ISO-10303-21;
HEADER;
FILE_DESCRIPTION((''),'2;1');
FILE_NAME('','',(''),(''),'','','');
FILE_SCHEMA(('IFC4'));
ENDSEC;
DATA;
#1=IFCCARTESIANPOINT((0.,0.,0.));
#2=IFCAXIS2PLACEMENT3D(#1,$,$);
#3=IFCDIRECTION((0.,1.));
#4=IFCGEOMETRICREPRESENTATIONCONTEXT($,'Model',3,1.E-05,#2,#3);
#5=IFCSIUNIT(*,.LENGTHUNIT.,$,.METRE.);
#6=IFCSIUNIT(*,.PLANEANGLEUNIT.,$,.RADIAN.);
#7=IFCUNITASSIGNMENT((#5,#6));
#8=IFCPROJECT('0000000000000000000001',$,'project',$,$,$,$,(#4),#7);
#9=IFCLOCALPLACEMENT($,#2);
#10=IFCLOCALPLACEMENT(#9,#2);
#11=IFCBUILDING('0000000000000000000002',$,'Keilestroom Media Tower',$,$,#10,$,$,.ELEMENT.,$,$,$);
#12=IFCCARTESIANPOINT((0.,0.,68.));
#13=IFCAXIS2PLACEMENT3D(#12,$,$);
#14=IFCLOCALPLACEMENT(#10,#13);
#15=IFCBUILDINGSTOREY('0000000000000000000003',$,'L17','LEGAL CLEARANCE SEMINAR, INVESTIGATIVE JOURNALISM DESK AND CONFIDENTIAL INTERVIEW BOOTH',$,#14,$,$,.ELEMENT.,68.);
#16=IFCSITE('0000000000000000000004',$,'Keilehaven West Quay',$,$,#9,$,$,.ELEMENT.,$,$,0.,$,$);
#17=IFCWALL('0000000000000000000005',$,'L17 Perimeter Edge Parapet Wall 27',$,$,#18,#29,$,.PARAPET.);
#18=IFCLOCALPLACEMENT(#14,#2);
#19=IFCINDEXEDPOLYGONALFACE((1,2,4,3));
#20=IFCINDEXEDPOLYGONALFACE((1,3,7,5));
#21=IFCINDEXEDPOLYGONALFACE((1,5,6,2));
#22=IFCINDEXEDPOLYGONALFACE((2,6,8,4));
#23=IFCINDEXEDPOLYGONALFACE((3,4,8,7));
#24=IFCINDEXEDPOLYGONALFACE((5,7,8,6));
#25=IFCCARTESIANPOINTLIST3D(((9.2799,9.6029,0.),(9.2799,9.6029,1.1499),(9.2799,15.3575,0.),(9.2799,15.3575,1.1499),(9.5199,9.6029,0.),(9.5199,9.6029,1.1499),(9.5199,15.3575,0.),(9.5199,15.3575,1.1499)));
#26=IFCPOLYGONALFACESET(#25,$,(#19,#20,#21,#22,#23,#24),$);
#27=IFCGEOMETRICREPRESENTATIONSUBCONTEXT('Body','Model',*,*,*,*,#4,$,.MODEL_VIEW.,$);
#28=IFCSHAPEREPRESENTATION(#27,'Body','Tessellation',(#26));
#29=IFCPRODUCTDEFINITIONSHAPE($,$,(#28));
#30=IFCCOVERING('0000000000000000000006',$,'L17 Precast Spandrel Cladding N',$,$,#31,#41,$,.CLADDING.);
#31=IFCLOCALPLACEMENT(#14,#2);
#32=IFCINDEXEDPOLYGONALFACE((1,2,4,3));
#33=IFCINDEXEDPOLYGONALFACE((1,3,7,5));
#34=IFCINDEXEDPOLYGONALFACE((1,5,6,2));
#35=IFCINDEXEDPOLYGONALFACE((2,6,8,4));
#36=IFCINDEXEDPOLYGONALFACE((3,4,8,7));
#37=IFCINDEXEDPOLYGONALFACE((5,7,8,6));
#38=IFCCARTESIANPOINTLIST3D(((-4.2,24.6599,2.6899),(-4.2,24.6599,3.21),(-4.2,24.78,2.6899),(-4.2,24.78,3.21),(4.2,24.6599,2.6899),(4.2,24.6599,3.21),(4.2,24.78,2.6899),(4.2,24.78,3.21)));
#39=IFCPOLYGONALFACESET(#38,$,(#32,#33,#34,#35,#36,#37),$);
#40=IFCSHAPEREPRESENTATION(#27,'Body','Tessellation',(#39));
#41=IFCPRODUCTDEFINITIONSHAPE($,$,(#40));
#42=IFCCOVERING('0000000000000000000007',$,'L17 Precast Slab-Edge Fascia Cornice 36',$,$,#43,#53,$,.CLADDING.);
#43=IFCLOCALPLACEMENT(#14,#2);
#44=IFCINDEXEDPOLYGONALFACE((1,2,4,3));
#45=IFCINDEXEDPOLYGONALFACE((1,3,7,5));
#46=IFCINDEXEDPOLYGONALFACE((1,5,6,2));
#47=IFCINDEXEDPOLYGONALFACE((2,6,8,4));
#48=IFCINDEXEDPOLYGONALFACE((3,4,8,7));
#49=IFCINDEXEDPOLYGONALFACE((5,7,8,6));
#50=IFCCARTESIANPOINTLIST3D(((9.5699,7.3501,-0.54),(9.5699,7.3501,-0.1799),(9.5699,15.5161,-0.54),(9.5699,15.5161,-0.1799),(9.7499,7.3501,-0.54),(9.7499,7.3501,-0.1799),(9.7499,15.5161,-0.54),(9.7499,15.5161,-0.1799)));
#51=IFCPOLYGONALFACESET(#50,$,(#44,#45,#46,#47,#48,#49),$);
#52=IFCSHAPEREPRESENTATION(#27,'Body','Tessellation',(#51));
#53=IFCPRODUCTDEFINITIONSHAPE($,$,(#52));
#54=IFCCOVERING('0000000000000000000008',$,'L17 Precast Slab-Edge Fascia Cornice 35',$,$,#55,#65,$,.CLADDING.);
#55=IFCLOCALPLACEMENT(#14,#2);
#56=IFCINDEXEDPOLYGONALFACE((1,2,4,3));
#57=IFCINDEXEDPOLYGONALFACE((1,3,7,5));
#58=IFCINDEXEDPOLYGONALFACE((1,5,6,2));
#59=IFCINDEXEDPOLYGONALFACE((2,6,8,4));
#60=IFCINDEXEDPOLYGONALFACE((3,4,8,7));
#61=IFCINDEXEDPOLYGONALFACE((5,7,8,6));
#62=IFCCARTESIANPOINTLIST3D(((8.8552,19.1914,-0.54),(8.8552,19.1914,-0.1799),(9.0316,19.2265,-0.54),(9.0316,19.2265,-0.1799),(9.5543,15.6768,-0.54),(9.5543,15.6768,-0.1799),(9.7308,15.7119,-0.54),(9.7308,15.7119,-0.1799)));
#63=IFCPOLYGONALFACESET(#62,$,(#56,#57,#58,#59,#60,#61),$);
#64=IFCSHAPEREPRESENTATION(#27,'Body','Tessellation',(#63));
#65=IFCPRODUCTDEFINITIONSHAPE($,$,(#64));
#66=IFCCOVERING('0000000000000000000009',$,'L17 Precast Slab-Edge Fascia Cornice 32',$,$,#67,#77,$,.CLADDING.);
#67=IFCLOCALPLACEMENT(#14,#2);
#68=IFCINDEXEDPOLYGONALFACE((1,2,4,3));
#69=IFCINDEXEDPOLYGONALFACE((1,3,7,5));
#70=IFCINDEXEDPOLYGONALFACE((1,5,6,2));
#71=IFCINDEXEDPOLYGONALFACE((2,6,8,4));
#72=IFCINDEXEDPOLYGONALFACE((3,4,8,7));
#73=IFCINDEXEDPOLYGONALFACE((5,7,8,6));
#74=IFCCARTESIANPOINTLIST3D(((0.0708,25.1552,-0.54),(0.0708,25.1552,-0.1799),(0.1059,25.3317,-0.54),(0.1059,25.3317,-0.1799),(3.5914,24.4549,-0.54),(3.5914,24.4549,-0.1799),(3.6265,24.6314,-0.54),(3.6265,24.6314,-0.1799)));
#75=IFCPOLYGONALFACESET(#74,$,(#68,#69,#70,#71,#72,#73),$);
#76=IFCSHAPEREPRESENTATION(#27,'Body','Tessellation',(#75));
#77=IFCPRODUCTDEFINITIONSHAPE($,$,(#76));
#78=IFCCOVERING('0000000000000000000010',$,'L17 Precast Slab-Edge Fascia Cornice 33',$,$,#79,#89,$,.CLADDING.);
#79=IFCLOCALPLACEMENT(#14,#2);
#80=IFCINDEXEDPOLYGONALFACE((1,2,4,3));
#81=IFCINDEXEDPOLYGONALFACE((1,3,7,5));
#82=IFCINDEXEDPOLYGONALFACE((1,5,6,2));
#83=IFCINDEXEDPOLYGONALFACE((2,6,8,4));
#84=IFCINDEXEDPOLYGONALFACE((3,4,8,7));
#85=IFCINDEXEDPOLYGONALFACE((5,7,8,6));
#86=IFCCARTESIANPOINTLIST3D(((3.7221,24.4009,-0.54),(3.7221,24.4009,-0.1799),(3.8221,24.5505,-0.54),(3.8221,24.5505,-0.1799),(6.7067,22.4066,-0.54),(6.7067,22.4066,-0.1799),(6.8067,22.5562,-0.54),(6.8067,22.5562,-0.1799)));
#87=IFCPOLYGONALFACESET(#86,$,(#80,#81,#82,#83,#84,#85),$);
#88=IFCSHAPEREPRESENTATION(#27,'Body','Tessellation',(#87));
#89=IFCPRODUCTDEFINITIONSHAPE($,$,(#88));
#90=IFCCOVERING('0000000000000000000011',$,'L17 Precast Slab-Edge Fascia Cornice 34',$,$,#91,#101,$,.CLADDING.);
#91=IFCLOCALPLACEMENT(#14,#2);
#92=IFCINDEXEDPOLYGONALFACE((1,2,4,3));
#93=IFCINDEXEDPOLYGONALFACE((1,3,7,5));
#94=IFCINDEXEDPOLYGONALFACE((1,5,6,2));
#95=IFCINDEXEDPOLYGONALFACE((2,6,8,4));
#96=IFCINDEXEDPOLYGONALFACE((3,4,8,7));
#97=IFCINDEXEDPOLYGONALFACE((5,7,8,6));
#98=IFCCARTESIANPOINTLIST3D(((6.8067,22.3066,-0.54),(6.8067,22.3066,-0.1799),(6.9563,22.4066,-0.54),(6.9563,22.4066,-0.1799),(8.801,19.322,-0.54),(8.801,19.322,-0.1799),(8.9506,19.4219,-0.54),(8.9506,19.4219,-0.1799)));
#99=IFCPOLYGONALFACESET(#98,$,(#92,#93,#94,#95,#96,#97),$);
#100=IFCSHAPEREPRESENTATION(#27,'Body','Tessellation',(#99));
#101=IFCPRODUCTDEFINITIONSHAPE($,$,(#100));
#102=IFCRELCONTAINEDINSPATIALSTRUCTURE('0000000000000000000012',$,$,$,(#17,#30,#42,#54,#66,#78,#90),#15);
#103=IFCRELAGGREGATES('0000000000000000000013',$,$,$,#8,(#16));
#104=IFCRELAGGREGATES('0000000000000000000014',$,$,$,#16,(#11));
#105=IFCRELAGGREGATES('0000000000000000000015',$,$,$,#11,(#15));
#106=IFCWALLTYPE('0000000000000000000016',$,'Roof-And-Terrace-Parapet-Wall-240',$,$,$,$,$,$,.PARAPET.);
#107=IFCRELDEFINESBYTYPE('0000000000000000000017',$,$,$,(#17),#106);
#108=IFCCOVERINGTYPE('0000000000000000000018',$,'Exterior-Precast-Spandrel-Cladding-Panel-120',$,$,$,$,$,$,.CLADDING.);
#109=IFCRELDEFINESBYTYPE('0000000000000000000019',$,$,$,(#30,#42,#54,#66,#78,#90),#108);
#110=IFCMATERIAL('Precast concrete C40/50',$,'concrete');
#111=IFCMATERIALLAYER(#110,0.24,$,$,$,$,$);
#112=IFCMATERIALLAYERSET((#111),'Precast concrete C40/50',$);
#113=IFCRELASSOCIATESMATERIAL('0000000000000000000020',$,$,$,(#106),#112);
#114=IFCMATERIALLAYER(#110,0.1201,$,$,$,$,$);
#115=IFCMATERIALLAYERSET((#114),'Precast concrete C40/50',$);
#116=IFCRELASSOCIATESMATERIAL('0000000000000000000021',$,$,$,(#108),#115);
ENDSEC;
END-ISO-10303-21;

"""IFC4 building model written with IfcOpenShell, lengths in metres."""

from ifc_helpers import new_model, si_unit, direction, frame, frame_2d, origin, origin_2d, place, context, subcontext, project, spatial, rectangle, extrude, source, transform, mapped, material, layer, layer_set, type_object, element, save


model = new_model("IFC4")

# Units and contexts
model_context = context("Model", 3, precision=1e-05, world=origin(), true_north=direction((0.0, 1.0)))
body_context = subcontext(model_context, "Body", "Model", "MODEL_VIEW")
ifc_project = project(units=[si_unit("LENGTHUNIT", "METRE"), si_unit("PLANEANGLEUNIT", "RADIAN")], contexts=[model_context])

# Site, building, storey
site_placement = place(None, origin())
site = spatial("IfcSite", under=ifc_project, at=site_placement, Name="Keilehaven West Quay", CompositionType="ELEMENT", RefElevation=0.0)
building_placement = place(site_placement, origin())
building = spatial("IfcBuilding", under=site, at=building_placement, Name="Keilestroom Media Tower", CompositionType="ELEMENT")
storey_placement = place(building_placement, frame((0.0, 0.0, 68.0)))
storey = spatial("IfcBuildingStorey", under=building, at=storey_placement, Name="L17", Description="LEGAL CLEARANCE SEMINAR, INVESTIGATIVE JOURNALISM DESK AND CONFIDENTIAL INTERVIEW BOOTH", CompositionType="ELEMENT", Elevation=68.0)

# Wall
ifc_material_1 = material(Name="Precast concrete C40/50", Category="concrete")
ifc_layer_1 = layer(ifc_material_1, 0.24)
ifc_layer_set_1 = layer_set([ifc_layer_1], Name="Precast concrete C40/50")
wall_type_1 = type_object("IfcWallType", Name="Roof-And-Terrace-Parapet-Wall-240", PredefinedType="PARAPET", material=ifc_layer_set_1)
wall_1_placement = place(storey_placement, frame((9.3999, 15.3577, 0.0), z_axis=(0.0, 0.0, 1.0), x_axis=(0.0, -1.0, 0.0)))
element("IfcWall", 1, at=wall_1_placement, inside=storey, type_object=wall_type_1, Name="L17 Perimeter Edge Parapet Wall 27", PredefinedType="PARAPET", context=body_context, shape_type="SweptSolid", body=[
    extrude(rectangle(XDim=5.7546, YDim=0.24, at=frame_2d((2.8774, 0.0))), origin(), (0.0, 0.0, 1.0), 1.1499),
])

# Coverings
ifc_layer_2 = layer(ifc_material_1, 0.1201)
ifc_layer_set_2 = layer_set([ifc_layer_2], Name="Precast concrete C40/50")
covering_type = type_object("IfcCoveringType", Name="Exterior-Precast-Spandrel-Cladding-Panel-120", PredefinedType="CLADDING", material=ifc_layer_set_2)
shared_shape_1 = source(origin(), body_context, "Body", "SweptSolid", [
    extrude(rectangle(XDim=8.3999, YDim=0.1201, at=origin_2d()), origin(), (0.0, 0.0, 1.0), 0.52),
])
covering_1_placement = place(storey_placement, frame((0.0, 24.72, 2.6899), z_axis=(0.0, 0.0, 1.0), x_axis=(1.0, 0.0, 0.0)))
element("IfcCovering", 2, at=covering_1_placement, inside=storey, type_object=covering_type, Name="L17 Precast Spandrel Cladding N", PredefinedType="CLADDING", context=body_context, shape_type="MappedRepresentation", body=[
    mapped(shared_shape_1, transform((0.0, 0.0, 0.0), x_axis=(1.0, 0.0, 0.0), y_axis=(0.0, 1.0, 0.0), z_axis=(0.0, 0.0, 1.0), scale=1.0)),
])
shared_shape_2 = source(origin(), body_context, "Body", "SweptSolid", [
    extrude(rectangle(XDim=8.166, YDim=0.1799, at=origin_2d()), origin(), (0.0, 0.0, 1.0), 0.3601),
])
covering_2_placement = place(storey_placement, frame((9.6599, 11.4331, -0.54), z_axis=(0.0, 0.0, 1.0), x_axis=(0.0, -1.0, 0.0)))
element("IfcCovering", 3, at=covering_2_placement, inside=storey, type_object=covering_type, Name="L17 Precast Slab-Edge Fascia Cornice 36", PredefinedType="CLADDING", context=body_context, shape_type="MappedRepresentation", body=[
    mapped(shared_shape_2, transform((0.0, 0.0, 0.0), x_axis=(1.0, 0.0, 0.0), y_axis=(0.0, 1.0, 0.0), z_axis=(0.0, 0.0, 1.0), scale=1.0)),
])
shared_shape_3 = source(origin(), body_context, "Body", "SweptSolid", [
    extrude(rectangle(XDim=3.5835, YDim=0.1799, at=origin_2d()), origin(), (0.0, 0.0, 1.0), 0.3601),
])
covering_3_placement = place(storey_placement, frame((9.293, 17.4517, -0.54), z_axis=(0.0, 0.0, 1.0), x_axis=(0.195099, -0.980784, 0.0)))
element("IfcCovering", 4, at=covering_3_placement, inside=storey, type_object=covering_type, Name="L17 Precast Slab-Edge Fascia Cornice 35", PredefinedType="CLADDING", context=body_context, shape_type="MappedRepresentation", body=[
    mapped(shared_shape_3, transform((0.0, 0.0, 0.0), x_axis=(1.0, 0.0, 0.0), y_axis=(0.0, 1.0, 0.0), z_axis=(0.0, 0.0, 1.0), scale=1.0)),
])
shared_shape_4 = source(origin(), body_context, "Body", "SweptSolid", [
    extrude(rectangle(XDim=3.5896, YDim=0.1799, at=origin_2d()), origin(), (0.0, 0.0, 1.0), 0.3601),
])
for number, where, z_axis, x_axis, name in (
    (5, (1.8486, 24.8933, -0.54), (0.0, 0.0, 1.0), (0.980784, -0.195099, 0.0), "L17 Precast Slab-Edge Fascia Cornice 32"),
    (6, (5.2644, 23.4785, -0.54), (0.0, 0.0, 1.0), (0.831467, -0.555575, 0.0), "L17 Precast Slab-Edge Fascia Cornice 33"),
    (7, (7.8787, 20.8643, -0.54), (0.0, 0.0, 1.0), (0.555575, -0.831467, 0.0), "L17 Precast Slab-Edge Fascia Cornice 34"),
):
    element("IfcCovering", number, at=place(storey_placement, frame(where, z_axis=z_axis, x_axis=x_axis)), inside=storey, type_object=covering_type, Name=name, PredefinedType="CLADDING", context=body_context, shape_type="MappedRepresentation", body=[
        mapped(shared_shape_4, transform((0.0, 0.0, 0.0), x_axis=(1.0, 0.0, 0.0), y_axis=(0.0, 1.0, 0.0), z_axis=(0.0, 0.0, 1.0), scale=1.0)),
    ])

save(model, "model.ifc")
